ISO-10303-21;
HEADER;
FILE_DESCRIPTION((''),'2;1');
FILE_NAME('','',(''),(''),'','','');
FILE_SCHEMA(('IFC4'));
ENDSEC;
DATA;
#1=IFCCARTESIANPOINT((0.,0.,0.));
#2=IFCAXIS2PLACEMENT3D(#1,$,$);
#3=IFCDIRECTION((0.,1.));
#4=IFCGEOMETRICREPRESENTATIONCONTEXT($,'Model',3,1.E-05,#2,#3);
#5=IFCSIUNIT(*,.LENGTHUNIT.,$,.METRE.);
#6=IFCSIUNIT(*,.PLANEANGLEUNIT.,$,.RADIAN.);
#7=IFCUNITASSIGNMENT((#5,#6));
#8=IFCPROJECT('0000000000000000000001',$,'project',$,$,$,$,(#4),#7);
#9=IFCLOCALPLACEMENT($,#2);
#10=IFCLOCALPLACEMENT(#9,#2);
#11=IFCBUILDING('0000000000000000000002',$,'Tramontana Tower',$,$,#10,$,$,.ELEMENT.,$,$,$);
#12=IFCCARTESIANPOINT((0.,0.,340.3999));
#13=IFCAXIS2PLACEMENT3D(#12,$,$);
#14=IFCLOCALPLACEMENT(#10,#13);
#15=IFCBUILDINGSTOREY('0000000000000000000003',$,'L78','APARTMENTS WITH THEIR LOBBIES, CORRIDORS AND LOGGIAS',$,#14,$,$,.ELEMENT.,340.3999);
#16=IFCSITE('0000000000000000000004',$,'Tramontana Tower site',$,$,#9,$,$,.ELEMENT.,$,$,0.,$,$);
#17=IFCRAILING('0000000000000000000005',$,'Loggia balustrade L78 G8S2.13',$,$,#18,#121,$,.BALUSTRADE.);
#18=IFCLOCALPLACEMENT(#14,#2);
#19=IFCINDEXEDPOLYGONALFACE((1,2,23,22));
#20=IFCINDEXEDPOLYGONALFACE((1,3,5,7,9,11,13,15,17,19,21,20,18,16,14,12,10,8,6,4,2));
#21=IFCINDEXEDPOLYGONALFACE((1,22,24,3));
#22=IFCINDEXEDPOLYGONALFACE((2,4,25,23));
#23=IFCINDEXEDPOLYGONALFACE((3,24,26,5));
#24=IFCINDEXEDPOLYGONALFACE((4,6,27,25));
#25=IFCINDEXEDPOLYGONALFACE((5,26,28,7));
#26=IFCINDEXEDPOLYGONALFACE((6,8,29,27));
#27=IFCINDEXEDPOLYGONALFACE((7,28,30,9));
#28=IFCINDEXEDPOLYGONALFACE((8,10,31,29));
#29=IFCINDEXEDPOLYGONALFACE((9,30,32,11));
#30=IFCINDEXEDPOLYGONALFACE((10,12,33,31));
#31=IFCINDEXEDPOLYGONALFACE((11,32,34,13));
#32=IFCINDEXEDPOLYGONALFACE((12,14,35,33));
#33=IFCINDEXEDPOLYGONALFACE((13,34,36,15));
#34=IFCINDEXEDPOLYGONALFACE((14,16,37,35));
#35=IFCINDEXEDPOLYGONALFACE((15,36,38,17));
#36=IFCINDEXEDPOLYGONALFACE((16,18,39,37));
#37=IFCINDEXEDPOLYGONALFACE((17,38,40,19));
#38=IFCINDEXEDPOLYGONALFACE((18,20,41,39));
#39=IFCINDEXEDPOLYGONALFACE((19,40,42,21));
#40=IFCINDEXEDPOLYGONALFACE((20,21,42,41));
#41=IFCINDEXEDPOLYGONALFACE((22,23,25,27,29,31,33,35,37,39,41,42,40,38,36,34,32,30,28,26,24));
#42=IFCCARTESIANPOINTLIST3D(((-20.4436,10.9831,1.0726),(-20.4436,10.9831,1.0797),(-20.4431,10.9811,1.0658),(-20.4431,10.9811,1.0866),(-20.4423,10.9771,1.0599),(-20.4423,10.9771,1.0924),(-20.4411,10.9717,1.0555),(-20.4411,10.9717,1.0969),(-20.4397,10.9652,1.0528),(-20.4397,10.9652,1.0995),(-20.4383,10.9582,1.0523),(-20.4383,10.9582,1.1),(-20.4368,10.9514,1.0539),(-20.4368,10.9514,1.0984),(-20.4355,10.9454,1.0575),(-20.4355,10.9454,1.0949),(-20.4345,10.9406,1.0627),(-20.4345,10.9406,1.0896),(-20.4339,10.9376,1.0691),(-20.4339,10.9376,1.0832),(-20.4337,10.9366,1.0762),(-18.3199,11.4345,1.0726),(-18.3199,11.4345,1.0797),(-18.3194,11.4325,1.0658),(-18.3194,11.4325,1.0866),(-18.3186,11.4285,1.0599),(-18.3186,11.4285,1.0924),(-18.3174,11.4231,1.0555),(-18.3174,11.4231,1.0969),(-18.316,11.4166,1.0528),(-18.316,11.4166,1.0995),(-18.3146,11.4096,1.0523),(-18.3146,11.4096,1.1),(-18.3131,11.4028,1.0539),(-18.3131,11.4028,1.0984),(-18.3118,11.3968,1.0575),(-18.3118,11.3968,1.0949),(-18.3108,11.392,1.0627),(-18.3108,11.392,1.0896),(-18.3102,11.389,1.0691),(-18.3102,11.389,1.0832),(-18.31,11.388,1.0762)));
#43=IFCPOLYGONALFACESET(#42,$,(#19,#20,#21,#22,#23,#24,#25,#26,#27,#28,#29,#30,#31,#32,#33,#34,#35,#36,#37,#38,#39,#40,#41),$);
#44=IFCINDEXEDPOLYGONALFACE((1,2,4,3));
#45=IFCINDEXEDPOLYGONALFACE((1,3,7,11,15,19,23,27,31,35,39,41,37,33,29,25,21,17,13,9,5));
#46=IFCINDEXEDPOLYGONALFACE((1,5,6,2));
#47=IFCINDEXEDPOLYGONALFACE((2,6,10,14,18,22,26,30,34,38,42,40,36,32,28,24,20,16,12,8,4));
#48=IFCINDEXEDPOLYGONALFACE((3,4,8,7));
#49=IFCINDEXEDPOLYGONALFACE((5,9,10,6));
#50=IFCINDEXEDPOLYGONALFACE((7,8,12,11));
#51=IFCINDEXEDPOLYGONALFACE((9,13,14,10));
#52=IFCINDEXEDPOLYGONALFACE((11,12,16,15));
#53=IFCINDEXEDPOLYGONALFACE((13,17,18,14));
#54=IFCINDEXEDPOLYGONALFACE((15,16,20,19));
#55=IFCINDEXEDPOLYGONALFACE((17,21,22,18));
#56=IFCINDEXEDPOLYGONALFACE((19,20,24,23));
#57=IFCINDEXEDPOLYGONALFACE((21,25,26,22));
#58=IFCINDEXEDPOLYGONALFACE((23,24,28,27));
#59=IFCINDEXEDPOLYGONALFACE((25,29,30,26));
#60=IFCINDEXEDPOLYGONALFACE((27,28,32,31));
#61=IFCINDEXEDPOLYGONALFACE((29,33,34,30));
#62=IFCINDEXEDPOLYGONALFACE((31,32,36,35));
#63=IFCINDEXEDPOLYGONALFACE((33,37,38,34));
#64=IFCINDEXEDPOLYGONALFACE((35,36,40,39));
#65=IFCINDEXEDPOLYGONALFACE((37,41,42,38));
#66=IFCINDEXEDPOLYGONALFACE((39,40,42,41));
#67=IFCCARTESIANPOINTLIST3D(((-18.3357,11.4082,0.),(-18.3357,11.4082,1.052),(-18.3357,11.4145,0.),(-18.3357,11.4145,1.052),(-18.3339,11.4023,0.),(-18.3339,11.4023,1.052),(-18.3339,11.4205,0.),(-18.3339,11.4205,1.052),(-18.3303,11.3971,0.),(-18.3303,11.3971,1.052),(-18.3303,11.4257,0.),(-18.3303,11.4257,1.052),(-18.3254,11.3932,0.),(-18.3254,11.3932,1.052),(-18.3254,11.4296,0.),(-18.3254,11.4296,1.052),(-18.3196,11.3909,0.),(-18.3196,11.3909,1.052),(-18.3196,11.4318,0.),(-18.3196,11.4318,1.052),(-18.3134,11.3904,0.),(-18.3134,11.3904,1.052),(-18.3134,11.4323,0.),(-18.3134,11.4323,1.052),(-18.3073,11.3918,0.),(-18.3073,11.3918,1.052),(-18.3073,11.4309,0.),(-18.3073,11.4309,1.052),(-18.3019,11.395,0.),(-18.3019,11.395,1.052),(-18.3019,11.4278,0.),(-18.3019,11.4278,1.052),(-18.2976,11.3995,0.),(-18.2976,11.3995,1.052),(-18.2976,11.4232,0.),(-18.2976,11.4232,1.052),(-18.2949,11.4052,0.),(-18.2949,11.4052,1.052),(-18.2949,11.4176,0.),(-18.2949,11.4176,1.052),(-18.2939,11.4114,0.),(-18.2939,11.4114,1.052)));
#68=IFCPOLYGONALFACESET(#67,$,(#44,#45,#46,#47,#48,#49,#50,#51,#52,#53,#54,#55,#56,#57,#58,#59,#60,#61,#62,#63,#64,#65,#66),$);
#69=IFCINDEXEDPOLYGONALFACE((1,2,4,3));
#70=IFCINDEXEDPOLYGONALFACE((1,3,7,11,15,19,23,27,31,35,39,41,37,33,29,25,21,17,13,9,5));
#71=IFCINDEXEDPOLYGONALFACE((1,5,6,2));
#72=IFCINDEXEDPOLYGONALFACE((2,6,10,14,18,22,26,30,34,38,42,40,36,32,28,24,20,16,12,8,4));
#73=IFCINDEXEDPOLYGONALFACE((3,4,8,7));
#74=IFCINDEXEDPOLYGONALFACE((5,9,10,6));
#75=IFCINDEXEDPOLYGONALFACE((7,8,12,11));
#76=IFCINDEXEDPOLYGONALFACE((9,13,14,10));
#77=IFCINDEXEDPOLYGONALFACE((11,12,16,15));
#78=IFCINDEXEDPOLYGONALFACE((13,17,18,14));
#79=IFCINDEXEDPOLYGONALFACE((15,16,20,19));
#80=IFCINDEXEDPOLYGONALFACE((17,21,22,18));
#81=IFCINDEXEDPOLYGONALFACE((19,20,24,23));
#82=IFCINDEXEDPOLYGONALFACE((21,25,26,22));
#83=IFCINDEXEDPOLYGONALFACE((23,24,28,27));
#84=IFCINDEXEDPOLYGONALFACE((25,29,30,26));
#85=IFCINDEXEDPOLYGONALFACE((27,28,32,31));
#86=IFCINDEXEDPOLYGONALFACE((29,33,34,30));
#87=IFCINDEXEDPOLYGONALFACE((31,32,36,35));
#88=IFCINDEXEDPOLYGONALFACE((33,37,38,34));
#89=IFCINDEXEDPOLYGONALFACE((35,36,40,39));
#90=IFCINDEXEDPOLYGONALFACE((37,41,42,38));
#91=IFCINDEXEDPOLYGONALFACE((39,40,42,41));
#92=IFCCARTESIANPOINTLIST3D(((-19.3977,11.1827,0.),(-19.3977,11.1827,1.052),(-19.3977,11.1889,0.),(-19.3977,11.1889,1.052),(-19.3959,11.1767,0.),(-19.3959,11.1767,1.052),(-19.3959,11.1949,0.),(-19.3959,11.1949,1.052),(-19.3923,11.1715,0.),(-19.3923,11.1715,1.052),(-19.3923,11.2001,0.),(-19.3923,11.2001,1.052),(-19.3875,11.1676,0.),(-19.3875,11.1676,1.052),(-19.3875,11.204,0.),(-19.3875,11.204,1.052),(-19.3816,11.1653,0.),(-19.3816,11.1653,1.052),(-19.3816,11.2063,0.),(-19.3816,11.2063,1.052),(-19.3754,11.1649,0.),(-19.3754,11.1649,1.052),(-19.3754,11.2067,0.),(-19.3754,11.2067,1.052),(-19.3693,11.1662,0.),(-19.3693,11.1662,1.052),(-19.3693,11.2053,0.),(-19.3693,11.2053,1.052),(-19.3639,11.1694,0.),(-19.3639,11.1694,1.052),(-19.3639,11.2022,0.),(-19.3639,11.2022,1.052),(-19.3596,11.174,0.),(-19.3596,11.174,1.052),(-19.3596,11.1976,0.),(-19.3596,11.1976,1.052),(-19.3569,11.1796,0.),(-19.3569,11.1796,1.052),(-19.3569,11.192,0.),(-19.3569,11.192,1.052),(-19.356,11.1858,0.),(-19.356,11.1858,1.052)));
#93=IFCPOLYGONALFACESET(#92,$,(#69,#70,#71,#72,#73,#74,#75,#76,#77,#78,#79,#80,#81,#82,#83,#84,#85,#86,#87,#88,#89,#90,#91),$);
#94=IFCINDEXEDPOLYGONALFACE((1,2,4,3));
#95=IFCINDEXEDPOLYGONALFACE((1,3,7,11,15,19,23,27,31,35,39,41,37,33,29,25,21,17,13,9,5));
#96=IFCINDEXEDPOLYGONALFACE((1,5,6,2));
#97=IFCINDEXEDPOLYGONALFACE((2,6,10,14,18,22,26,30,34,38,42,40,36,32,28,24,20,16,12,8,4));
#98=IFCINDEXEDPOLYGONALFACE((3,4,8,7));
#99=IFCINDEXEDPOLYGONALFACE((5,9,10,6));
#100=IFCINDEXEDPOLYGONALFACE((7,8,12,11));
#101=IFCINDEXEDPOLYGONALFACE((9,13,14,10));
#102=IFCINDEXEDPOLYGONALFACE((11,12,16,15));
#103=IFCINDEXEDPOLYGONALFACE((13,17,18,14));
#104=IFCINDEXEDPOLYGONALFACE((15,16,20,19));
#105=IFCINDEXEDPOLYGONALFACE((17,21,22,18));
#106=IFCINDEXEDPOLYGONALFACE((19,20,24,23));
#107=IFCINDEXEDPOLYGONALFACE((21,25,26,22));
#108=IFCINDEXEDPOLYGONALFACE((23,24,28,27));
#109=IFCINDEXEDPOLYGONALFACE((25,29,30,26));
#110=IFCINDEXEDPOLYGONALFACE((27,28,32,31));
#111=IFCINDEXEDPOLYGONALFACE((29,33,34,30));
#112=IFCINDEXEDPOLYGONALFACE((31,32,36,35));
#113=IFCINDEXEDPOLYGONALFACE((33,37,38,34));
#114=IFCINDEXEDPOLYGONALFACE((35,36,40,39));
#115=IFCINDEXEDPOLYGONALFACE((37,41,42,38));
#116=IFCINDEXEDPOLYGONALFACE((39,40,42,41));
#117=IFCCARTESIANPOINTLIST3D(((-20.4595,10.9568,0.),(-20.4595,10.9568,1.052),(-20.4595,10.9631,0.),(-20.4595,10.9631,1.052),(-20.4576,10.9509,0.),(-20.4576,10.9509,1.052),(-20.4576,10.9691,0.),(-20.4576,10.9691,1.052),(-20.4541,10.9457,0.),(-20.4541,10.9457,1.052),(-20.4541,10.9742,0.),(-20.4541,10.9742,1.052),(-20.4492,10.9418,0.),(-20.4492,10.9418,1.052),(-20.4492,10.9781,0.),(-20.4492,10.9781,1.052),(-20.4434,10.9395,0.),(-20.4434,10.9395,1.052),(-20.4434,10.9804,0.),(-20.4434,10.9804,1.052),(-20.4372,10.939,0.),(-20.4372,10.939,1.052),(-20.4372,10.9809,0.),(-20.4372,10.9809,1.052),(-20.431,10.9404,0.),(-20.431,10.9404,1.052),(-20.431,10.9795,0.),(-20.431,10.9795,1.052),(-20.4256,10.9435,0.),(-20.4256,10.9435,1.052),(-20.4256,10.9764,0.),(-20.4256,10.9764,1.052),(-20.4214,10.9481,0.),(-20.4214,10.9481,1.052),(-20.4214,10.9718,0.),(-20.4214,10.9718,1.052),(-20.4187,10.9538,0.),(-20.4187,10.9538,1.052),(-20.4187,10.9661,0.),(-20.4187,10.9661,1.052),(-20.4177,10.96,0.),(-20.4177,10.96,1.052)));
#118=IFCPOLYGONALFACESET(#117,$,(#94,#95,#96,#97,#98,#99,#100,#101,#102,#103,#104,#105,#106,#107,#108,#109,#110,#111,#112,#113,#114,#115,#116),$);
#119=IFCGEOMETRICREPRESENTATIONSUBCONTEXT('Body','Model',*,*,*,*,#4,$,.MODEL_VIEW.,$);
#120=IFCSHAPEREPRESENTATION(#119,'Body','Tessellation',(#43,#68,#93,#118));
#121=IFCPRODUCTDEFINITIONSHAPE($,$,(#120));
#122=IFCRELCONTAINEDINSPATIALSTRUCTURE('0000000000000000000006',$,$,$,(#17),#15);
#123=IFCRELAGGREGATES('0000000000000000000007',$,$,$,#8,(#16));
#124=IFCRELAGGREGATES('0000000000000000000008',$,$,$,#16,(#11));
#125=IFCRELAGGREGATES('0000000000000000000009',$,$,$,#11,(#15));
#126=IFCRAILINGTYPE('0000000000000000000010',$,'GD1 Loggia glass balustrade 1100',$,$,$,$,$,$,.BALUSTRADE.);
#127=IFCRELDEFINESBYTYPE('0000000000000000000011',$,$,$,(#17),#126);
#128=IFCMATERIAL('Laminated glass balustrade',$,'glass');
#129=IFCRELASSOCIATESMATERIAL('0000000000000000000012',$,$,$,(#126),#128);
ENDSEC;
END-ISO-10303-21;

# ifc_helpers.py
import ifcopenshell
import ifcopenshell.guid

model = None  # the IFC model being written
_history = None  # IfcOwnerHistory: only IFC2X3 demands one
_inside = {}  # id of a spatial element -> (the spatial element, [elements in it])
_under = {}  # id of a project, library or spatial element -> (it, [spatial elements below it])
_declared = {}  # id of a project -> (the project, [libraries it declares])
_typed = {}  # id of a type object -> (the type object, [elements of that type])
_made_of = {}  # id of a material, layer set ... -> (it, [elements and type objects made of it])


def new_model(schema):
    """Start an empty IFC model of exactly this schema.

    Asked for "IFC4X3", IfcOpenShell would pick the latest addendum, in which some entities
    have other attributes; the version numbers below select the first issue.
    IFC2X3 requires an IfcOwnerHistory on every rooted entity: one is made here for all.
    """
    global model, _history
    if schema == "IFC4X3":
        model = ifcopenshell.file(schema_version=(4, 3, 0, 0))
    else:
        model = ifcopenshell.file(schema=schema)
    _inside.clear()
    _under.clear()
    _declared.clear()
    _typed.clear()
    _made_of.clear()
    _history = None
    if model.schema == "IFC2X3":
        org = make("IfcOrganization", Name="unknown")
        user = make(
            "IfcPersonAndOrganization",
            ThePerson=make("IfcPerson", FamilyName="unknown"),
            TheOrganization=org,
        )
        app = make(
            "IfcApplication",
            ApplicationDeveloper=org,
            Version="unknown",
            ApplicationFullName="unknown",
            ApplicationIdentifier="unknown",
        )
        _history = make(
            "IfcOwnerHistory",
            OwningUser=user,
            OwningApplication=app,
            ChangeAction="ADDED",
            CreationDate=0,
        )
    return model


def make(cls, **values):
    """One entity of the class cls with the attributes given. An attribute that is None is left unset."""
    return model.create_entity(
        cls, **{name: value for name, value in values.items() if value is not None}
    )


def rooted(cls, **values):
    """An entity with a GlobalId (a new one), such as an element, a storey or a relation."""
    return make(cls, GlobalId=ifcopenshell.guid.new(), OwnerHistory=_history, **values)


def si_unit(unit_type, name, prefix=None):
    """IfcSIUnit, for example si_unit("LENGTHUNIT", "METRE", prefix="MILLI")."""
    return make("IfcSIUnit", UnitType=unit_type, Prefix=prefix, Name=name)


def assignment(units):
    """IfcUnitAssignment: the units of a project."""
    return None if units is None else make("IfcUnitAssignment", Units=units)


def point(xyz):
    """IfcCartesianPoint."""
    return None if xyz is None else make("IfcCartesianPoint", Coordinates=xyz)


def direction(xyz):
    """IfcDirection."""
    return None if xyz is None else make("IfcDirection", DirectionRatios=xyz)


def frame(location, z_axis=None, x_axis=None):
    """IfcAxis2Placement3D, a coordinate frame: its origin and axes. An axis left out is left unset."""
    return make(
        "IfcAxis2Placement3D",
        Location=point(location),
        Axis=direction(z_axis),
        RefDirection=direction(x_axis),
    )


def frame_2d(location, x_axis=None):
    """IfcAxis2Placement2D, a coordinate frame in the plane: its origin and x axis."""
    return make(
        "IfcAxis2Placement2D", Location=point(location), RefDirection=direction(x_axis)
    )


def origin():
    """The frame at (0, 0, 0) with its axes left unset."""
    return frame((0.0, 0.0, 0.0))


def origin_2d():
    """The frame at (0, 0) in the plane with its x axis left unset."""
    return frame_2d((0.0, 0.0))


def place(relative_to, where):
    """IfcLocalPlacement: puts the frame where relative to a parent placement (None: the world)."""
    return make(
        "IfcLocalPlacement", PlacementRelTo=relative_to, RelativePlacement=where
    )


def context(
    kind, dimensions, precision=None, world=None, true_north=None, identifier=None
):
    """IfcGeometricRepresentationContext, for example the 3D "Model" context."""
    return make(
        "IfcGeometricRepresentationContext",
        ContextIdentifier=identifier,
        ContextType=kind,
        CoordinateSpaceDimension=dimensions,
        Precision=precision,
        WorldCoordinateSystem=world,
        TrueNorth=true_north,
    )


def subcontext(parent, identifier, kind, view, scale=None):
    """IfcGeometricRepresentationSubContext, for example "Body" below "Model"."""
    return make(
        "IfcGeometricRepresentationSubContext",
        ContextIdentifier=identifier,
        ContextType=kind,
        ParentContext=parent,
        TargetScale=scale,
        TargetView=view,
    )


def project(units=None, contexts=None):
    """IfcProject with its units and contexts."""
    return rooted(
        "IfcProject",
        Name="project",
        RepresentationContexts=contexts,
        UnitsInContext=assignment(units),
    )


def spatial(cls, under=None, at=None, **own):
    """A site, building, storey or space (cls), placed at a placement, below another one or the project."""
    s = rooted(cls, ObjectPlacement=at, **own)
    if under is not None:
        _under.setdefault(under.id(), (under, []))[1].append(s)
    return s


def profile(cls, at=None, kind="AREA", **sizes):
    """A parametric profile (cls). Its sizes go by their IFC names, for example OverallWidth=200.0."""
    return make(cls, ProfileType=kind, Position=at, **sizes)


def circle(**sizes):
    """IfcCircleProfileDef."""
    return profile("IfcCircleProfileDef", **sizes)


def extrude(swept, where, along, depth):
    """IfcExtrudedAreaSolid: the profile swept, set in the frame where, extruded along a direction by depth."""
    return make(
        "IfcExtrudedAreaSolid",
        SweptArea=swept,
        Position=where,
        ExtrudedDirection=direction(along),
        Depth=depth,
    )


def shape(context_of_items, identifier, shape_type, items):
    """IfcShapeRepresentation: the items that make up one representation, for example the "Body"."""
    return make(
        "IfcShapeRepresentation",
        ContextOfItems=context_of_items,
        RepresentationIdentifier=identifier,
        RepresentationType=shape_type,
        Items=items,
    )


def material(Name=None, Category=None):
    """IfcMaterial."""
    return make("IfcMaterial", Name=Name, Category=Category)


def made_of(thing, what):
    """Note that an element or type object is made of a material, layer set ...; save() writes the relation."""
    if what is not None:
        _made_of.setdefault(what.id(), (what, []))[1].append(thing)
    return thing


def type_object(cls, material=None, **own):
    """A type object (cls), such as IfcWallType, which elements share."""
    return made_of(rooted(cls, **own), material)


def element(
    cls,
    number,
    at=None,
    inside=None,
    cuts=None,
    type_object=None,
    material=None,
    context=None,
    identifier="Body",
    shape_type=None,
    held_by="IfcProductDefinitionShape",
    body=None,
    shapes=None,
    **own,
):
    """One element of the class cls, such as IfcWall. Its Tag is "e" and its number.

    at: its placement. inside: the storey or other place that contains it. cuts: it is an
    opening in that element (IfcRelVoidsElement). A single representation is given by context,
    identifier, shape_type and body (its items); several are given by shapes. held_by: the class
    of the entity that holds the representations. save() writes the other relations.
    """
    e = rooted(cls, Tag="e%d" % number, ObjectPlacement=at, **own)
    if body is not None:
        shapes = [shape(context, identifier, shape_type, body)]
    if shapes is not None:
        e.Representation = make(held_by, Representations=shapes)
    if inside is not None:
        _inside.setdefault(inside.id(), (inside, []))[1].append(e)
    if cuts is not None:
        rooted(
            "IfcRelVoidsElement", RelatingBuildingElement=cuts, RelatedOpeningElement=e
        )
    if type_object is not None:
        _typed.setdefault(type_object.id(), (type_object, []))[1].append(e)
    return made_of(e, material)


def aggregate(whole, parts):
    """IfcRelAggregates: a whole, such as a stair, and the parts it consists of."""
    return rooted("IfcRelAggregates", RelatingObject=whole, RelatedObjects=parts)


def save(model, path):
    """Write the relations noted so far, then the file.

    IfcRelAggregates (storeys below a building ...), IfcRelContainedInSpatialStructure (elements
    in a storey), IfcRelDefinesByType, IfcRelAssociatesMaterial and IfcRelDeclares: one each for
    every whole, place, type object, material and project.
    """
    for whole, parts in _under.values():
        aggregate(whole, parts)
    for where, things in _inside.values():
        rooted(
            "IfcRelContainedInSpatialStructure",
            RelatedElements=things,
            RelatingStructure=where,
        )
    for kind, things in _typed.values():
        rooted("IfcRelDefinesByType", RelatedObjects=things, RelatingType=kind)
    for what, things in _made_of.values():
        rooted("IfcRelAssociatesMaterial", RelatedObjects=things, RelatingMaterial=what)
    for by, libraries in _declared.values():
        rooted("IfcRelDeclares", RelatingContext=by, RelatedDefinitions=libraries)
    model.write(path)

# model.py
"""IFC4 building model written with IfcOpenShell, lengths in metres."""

from ifc_helpers import new_model, si_unit, direction, frame, origin, origin_2d, place, context, subcontext, project, spatial, circle, extrude, material, type_object, element, save


model = new_model("IFC4")

# Units and contexts
model_context = context("Model", 3, precision=1e-05, world=origin(), true_north=direction((0.0, 1.0)))
body_context = subcontext(model_context, "Body", "Model", "MODEL_VIEW")
ifc_project = project(units=[si_unit("LENGTHUNIT", "METRE"), si_unit("PLANEANGLEUNIT", "RADIAN")], contexts=[model_context])

# Site, building, storey
site_placement = place(None, origin())
site = spatial("IfcSite", under=ifc_project, at=site_placement, Name="Tramontana Tower site", CompositionType="ELEMENT", RefElevation=0.0)
building_placement = place(site_placement, origin())
building = spatial("IfcBuilding", under=site, at=building_placement, Name="Tramontana Tower", CompositionType="ELEMENT")
storey_placement = place(building_placement, frame((0.0, 0.0, 340.3999)))
storey = spatial("IfcBuildingStorey", under=building, at=storey_placement, Name="L78", Description="APARTMENTS WITH THEIR LOBBIES, CORRIDORS AND LOGGIAS", CompositionType="ELEMENT", Elevation=340.3999)

# Railing
ifc_material_1 = material(Name="Laminated glass balustrade", Category="glass")
railing_type = type_object("IfcRailingType", Name="GD1 Loggia glass balustrade 1100", PredefinedType="BALUSTRADE", material=ifc_material_1)
railing_1_placement = place(storey_placement, frame((-18.3149, 11.4114, 0.0)))
element("IfcRailing", 1, at=railing_1_placement, inside=storey, type_object=railing_type, Name="Loggia balustrade L78 G8S2.13", PredefinedType="BALUSTRADE", context=body_context, shape_type="SweptSolid", body=[
    extrude(circle(Radius=0.0239, at=origin_2d()), frame((0.0, 0.0, 1.0762), z_axis=(-0.978148, -0.207909, 0.0), x_axis=(0.207909, -0.978148, 0.0)), (0.0, 0.0, 1.0), 2.1711),
    extrude(circle(Radius=0.021, at=origin_2d()), origin(), (0.0, 0.0, 1.0), 1.052),
    extrude(circle(Radius=0.021, at=origin_2d()), frame((-1.062, -0.2256, 0.0)), (0.0, 0.0, 1.0), 1.052),
    extrude(circle(Radius=0.021, at=origin_2d()), frame((-2.1238, -0.4514, 0.0)), (0.0, 0.0, 1.0), 1.052),
])

save(model, "model.ifc")
